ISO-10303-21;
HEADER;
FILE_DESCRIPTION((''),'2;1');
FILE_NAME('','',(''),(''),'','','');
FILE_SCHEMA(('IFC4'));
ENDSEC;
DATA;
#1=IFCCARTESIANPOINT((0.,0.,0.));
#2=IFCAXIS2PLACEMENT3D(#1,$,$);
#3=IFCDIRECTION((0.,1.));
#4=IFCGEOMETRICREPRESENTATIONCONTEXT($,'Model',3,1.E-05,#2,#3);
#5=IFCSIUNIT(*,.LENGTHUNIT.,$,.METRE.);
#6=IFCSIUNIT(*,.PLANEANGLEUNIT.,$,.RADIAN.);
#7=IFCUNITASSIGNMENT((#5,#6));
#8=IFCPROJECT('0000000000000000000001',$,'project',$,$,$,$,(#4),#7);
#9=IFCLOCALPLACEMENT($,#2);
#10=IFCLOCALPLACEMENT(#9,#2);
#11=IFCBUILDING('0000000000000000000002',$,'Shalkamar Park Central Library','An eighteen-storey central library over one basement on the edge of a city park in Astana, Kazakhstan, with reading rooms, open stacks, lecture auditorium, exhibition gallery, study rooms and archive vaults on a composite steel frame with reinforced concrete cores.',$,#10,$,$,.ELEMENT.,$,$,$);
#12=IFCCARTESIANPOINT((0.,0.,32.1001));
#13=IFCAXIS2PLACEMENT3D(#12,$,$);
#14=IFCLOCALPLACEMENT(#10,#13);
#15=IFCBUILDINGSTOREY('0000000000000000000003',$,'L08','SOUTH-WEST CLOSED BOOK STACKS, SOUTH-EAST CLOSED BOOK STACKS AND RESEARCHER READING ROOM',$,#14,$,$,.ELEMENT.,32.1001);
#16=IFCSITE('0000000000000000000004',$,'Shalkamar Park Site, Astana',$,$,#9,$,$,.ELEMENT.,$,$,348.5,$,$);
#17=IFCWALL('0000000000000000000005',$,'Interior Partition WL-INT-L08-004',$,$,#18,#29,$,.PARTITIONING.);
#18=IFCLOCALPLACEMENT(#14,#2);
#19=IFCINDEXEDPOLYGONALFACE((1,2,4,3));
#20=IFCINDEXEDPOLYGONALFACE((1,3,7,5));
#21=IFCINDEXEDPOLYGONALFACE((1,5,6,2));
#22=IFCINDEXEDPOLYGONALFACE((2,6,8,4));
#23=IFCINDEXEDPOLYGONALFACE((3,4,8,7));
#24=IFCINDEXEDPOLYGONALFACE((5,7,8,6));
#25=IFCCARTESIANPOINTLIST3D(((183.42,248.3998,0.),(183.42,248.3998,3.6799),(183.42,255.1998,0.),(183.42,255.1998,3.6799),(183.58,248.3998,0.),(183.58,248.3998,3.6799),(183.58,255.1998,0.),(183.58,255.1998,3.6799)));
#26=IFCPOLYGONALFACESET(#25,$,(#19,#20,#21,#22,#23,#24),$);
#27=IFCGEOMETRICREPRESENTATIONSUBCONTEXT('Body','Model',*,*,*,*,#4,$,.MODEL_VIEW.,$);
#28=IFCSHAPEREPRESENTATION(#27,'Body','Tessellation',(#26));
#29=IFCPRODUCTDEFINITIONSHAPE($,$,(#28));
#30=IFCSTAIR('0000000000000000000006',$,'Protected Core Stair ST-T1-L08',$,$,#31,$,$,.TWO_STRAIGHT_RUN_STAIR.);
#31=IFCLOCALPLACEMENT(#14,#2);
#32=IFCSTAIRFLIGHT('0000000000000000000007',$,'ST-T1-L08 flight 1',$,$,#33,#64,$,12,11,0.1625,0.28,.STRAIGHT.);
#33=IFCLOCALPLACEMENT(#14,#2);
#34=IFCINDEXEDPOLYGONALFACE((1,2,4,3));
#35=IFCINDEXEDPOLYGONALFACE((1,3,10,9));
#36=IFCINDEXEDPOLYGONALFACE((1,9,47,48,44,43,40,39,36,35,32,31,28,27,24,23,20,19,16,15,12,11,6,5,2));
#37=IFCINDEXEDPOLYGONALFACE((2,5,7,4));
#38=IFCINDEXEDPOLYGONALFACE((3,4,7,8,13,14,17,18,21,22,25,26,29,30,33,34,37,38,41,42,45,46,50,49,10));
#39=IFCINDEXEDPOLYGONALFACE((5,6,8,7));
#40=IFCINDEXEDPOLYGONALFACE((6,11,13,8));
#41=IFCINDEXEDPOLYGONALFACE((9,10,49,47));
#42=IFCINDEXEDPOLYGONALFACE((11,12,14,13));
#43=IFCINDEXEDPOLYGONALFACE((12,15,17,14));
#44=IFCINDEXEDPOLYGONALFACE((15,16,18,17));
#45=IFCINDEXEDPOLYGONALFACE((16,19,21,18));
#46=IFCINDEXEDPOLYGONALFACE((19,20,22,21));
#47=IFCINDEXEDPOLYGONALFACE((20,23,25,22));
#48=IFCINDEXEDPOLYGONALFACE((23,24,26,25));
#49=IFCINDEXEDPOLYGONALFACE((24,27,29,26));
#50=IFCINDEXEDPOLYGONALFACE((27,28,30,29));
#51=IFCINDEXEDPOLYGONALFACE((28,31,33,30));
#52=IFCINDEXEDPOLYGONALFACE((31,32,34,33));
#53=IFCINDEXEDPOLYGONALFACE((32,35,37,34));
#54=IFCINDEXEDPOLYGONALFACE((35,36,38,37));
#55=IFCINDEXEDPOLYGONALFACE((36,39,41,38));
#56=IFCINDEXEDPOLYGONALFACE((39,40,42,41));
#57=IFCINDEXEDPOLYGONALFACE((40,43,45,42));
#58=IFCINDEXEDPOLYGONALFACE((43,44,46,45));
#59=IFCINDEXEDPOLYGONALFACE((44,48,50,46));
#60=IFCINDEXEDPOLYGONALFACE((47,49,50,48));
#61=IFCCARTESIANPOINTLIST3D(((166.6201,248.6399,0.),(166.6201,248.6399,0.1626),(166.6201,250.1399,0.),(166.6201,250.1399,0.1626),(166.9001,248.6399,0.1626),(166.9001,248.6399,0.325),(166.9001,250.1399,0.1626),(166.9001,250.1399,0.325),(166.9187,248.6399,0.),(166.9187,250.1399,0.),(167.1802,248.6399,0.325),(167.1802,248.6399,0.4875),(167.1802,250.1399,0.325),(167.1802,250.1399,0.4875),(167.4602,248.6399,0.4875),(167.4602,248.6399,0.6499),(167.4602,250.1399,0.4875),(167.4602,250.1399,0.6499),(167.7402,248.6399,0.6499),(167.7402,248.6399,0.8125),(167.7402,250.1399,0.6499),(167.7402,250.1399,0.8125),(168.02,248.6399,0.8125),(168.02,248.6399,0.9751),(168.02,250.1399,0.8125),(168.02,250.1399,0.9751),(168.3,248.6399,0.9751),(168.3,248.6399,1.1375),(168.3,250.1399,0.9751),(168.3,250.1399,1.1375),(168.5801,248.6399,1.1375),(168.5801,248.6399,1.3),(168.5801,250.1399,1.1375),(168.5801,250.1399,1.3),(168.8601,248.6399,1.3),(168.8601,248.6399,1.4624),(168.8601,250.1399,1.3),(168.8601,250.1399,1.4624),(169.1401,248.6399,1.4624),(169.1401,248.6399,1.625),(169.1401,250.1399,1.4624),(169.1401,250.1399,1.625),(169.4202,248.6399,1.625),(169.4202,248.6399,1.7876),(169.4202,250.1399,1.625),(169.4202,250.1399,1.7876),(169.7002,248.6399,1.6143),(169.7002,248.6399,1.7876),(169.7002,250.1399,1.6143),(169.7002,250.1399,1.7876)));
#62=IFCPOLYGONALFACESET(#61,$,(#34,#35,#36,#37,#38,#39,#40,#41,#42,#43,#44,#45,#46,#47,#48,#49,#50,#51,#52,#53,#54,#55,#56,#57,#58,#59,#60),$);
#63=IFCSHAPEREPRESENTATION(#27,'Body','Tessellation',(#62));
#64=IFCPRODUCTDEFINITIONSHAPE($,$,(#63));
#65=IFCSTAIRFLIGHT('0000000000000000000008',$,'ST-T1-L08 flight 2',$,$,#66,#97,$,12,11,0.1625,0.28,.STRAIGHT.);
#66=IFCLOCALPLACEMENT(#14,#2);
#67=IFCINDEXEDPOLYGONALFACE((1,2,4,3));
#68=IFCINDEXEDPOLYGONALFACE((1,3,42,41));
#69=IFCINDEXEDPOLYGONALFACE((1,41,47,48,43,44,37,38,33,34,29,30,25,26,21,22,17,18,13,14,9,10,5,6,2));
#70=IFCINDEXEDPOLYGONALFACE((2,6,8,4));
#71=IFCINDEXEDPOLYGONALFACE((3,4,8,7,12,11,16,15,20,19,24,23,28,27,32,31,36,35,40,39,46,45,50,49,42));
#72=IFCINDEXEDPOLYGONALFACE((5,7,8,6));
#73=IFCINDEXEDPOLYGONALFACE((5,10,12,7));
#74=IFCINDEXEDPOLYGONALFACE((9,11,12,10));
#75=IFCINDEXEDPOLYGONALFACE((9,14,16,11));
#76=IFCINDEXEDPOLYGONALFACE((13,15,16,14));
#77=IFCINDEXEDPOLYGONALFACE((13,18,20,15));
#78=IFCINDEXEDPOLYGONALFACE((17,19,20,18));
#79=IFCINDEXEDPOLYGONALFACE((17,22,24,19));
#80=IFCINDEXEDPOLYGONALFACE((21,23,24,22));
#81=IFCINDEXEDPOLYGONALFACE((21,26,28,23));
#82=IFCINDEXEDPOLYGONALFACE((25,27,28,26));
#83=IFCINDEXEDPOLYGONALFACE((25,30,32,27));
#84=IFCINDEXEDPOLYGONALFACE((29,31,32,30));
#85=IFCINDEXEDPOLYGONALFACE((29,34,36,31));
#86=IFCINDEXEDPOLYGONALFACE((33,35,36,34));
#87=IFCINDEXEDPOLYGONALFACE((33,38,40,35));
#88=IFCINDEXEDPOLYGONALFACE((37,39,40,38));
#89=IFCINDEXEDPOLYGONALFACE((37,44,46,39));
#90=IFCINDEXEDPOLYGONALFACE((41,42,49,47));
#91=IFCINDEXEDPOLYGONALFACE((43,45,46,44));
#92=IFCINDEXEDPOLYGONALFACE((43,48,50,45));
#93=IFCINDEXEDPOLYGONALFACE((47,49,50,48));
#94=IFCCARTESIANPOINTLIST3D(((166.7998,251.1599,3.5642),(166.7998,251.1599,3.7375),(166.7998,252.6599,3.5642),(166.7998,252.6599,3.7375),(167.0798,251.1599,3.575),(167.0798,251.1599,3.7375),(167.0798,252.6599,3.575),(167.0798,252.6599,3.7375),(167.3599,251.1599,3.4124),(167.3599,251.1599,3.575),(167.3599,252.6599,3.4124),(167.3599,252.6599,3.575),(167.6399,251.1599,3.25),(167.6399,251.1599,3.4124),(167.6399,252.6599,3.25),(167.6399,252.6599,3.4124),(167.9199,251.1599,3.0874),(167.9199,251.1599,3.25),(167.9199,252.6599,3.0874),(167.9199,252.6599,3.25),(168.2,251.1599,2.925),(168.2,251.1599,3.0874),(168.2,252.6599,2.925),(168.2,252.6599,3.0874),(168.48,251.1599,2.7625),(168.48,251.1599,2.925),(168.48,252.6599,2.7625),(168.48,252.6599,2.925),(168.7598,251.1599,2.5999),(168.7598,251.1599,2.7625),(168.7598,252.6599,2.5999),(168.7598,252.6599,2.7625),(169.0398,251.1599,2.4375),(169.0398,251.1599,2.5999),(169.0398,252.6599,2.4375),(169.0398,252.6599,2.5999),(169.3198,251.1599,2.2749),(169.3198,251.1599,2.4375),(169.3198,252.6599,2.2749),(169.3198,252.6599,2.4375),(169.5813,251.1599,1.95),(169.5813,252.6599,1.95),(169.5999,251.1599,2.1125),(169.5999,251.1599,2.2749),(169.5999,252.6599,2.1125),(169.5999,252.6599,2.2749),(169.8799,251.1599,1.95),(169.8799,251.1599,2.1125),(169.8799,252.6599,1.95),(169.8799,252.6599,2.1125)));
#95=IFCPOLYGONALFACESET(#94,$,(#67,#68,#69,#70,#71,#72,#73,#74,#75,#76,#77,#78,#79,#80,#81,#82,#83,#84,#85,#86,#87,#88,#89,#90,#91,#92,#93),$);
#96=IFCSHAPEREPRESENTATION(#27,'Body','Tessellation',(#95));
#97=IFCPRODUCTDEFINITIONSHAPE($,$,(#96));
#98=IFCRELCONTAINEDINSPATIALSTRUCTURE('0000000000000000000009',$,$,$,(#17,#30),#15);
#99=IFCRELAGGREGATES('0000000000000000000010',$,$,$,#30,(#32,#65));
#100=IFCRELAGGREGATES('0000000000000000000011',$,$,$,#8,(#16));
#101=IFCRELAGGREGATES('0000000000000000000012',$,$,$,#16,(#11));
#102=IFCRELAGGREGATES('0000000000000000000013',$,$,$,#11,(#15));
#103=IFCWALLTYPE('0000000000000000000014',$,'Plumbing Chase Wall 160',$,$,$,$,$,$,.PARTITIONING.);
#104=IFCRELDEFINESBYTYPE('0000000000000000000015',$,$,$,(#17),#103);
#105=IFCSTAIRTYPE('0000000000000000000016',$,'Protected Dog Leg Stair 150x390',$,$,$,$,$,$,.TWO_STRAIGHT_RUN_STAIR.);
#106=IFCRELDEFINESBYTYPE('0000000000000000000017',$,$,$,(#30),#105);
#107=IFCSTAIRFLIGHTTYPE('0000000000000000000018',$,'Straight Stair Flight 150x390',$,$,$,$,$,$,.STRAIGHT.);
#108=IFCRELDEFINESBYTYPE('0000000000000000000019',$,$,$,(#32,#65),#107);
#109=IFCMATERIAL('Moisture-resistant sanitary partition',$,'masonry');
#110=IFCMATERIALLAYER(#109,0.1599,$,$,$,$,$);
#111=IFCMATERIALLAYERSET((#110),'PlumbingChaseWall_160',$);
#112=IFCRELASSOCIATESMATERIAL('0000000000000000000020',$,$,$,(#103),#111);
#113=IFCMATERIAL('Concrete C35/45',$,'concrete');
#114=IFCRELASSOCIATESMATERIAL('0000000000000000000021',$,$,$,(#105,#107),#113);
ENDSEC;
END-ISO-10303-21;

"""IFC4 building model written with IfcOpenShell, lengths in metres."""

from ifc_helpers import new_model, si_unit, direction, frame, frame_2d, origin, place, context, subcontext, project, spatial, polyline, rectangle, outline, extrude, material, layer, layer_set, type_object, element, aggregate, save


model = new_model("IFC4")

# Units and contexts
model_context = context("Model", 3, precision=1e-05, world=origin(), true_north=direction((0.0, 1.0)))
body_context = subcontext(model_context, "Body", "Model", "MODEL_VIEW")
ifc_project = project(units=[si_unit("LENGTHUNIT", "METRE"), si_unit("PLANEANGLEUNIT", "RADIAN")], contexts=[model_context])

# Site, building, storey
site_placement = place(None, origin())
site = spatial("IfcSite", under=ifc_project, at=site_placement, Name="Shalkamar Park Site, Astana", CompositionType="ELEMENT", RefElevation=348.5)
building_placement = place(site_placement, origin())
building = spatial("IfcBuilding", under=site, at=building_placement, Name="Shalkamar Park Central Library", Description="An eighteen-storey central library over one basement on the edge of a city park in Astana, Kazakhstan, with reading rooms, open stacks, lecture auditorium, exhibition gallery, study rooms and archive vaults on a composite steel frame with reinforced concrete cores.", CompositionType="ELEMENT")
storey_placement = place(building_placement, frame((0.0, 0.0, 32.1001)))
storey = spatial("IfcBuildingStorey", under=building, at=storey_placement, Name="L08", Description="SOUTH-WEST CLOSED BOOK STACKS, SOUTH-EAST CLOSED BOOK STACKS AND RESEARCHER READING ROOM", CompositionType="ELEMENT", Elevation=32.1001)

# Wall
ifc_material_1 = material(Name="Moisture-resistant sanitary partition", Category="masonry")
ifc_layer_1 = layer(ifc_material_1, 0.1599)
ifc_layer_set_1 = layer_set([ifc_layer_1], Name="PlumbingChaseWall_160")
wall_type_1 = type_object("IfcWallType", Name="Plumbing Chase Wall 160", PredefinedType="PARTITIONING", material=ifc_layer_set_1)
wall_1_placement = place(storey_placement, frame((183.5, 248.3999, 0.0), z_axis=(0.0, 0.0, 1.0), x_axis=(0.0, 1.0, 0.0)))
element("IfcWall", 1, at=wall_1_placement, inside=storey, type_object=wall_type_1, Name="Interior Partition WL-INT-L08-004", PredefinedType="PARTITIONING", context=body_context, shape_type="SweptSolid", body=[
    extrude(rectangle(XDim=6.8, YDim=0.1599, at=frame_2d((3.3999, 0.0))), origin(), (0.0, 0.0, 1.0), 3.6799),
])

# Stair, stair flights
ifc_material_2 = material(Name="Concrete C35/45", Category="concrete")
stair_type = type_object("IfcStairType", Name="Protected Dog Leg Stair 150x390", PredefinedType="TWO_STRAIGHT_RUN_STAIR", material=ifc_material_2)
stair_placement = place(storey_placement, origin())
stair = element("IfcStair", 2, at=stair_placement, inside=storey, type_object=stair_type, Name="Protected Core Stair ST-T1-L08", PredefinedType="TWO_STRAIGHT_RUN_STAIR")
stair_flight_type = type_object("IfcStairFlightType", Name="Straight Stair Flight 150x390", PredefinedType="STRAIGHT", material=ifc_material_2)
stair_flight_1_placement = place(storey_placement, frame((166.6201, 249.3899, 0.0), z_axis=(0.0, 0.0, 1.0), x_axis=(1.0, 0.0, 0.0)))
stair_flight_1 = element("IfcStairFlight", 3, at=stair_flight_1_placement, type_object=stair_flight_type, Name="ST-T1-L08 flight 1", NumberOfRisers=12, NumberOfTreads=11, PredefinedType="STRAIGHT", RiserHeight=0.1625, TreadLength=0.28, context=body_context, shape_type="SweptSolid", body=[
    extrude(outline(polyline([(0.0, 0.0), (0.0, 0.1626), (0.28, 0.1626), (0.28, 0.325), (0.5601, 0.325), (0.5601, 0.4875), (0.8401, 0.4875), (0.8401, 0.6499), (1.1201, 0.6499), (1.1201, 0.8125), (1.3999, 0.8125), (1.3999, 0.9751), (1.6799, 0.9751), (1.6799, 1.1375), (1.96, 1.1375), (1.96, 1.3), (2.24, 1.3), (2.24, 1.4624), (2.52, 1.4624), (2.52, 1.625), (2.8, 1.625), (2.8, 1.7876), (3.0801, 1.7876), (3.0801, 1.95), (3.0801, 1.6143), (0.2986, 0.0), (0.0, 0.0)])), frame((0.0, 0.75, 0.0), z_axis=(0.0, -1.0, 0.0), x_axis=(1.0, 0.0, 0.0)), (0.0, 0.0, 1.0), 1.5),
])
stair_flight_2_placement = place(storey_placement, frame((169.8799, 251.9099, 1.95), z_axis=(0.0, 0.0, 1.0), x_axis=(-1.0, 0.0, 0.0)))
stair_flight_2 = element("IfcStairFlight", 4, at=stair_flight_2_placement, type_object=stair_flight_type, Name="ST-T1-L08 flight 2", NumberOfRisers=12, NumberOfTreads=11, PredefinedType="STRAIGHT", RiserHeight=0.1625, TreadLength=0.28, context=body_context, shape_type="SweptSolid", body=[
    extrude(outline(polyline([(0.0, 0.0), (0.0, 0.1626), (0.28, 0.1626), (0.28, 0.325), (0.5601, 0.325), (0.5601, 0.4875), (0.8401, 0.4875), (0.8401, 0.6499), (1.1201, 0.6499), (1.1201, 0.8125), (1.3999, 0.8125), (1.3999, 0.9751), (1.6799, 0.9751), (1.6799, 1.1375), (1.96, 1.1375), (1.96, 1.3), (2.24, 1.3), (2.24, 1.4624), (2.52, 1.4624), (2.52, 1.625), (2.8, 1.625), (2.8, 1.7876), (3.0801, 1.7876), (3.0801, 1.95), (3.0801, 1.6143), (0.2986, 0.0), (0.0, 0.0)])), frame((0.0, 0.75, 0.0), z_axis=(0.0, -1.0, 0.0), x_axis=(1.0, 0.0, 0.0)), (0.0, 0.0, 1.0), 1.5),
])
aggregate(stair, [stair_flight_1, stair_flight_2])

save(model, "model.ifc")
